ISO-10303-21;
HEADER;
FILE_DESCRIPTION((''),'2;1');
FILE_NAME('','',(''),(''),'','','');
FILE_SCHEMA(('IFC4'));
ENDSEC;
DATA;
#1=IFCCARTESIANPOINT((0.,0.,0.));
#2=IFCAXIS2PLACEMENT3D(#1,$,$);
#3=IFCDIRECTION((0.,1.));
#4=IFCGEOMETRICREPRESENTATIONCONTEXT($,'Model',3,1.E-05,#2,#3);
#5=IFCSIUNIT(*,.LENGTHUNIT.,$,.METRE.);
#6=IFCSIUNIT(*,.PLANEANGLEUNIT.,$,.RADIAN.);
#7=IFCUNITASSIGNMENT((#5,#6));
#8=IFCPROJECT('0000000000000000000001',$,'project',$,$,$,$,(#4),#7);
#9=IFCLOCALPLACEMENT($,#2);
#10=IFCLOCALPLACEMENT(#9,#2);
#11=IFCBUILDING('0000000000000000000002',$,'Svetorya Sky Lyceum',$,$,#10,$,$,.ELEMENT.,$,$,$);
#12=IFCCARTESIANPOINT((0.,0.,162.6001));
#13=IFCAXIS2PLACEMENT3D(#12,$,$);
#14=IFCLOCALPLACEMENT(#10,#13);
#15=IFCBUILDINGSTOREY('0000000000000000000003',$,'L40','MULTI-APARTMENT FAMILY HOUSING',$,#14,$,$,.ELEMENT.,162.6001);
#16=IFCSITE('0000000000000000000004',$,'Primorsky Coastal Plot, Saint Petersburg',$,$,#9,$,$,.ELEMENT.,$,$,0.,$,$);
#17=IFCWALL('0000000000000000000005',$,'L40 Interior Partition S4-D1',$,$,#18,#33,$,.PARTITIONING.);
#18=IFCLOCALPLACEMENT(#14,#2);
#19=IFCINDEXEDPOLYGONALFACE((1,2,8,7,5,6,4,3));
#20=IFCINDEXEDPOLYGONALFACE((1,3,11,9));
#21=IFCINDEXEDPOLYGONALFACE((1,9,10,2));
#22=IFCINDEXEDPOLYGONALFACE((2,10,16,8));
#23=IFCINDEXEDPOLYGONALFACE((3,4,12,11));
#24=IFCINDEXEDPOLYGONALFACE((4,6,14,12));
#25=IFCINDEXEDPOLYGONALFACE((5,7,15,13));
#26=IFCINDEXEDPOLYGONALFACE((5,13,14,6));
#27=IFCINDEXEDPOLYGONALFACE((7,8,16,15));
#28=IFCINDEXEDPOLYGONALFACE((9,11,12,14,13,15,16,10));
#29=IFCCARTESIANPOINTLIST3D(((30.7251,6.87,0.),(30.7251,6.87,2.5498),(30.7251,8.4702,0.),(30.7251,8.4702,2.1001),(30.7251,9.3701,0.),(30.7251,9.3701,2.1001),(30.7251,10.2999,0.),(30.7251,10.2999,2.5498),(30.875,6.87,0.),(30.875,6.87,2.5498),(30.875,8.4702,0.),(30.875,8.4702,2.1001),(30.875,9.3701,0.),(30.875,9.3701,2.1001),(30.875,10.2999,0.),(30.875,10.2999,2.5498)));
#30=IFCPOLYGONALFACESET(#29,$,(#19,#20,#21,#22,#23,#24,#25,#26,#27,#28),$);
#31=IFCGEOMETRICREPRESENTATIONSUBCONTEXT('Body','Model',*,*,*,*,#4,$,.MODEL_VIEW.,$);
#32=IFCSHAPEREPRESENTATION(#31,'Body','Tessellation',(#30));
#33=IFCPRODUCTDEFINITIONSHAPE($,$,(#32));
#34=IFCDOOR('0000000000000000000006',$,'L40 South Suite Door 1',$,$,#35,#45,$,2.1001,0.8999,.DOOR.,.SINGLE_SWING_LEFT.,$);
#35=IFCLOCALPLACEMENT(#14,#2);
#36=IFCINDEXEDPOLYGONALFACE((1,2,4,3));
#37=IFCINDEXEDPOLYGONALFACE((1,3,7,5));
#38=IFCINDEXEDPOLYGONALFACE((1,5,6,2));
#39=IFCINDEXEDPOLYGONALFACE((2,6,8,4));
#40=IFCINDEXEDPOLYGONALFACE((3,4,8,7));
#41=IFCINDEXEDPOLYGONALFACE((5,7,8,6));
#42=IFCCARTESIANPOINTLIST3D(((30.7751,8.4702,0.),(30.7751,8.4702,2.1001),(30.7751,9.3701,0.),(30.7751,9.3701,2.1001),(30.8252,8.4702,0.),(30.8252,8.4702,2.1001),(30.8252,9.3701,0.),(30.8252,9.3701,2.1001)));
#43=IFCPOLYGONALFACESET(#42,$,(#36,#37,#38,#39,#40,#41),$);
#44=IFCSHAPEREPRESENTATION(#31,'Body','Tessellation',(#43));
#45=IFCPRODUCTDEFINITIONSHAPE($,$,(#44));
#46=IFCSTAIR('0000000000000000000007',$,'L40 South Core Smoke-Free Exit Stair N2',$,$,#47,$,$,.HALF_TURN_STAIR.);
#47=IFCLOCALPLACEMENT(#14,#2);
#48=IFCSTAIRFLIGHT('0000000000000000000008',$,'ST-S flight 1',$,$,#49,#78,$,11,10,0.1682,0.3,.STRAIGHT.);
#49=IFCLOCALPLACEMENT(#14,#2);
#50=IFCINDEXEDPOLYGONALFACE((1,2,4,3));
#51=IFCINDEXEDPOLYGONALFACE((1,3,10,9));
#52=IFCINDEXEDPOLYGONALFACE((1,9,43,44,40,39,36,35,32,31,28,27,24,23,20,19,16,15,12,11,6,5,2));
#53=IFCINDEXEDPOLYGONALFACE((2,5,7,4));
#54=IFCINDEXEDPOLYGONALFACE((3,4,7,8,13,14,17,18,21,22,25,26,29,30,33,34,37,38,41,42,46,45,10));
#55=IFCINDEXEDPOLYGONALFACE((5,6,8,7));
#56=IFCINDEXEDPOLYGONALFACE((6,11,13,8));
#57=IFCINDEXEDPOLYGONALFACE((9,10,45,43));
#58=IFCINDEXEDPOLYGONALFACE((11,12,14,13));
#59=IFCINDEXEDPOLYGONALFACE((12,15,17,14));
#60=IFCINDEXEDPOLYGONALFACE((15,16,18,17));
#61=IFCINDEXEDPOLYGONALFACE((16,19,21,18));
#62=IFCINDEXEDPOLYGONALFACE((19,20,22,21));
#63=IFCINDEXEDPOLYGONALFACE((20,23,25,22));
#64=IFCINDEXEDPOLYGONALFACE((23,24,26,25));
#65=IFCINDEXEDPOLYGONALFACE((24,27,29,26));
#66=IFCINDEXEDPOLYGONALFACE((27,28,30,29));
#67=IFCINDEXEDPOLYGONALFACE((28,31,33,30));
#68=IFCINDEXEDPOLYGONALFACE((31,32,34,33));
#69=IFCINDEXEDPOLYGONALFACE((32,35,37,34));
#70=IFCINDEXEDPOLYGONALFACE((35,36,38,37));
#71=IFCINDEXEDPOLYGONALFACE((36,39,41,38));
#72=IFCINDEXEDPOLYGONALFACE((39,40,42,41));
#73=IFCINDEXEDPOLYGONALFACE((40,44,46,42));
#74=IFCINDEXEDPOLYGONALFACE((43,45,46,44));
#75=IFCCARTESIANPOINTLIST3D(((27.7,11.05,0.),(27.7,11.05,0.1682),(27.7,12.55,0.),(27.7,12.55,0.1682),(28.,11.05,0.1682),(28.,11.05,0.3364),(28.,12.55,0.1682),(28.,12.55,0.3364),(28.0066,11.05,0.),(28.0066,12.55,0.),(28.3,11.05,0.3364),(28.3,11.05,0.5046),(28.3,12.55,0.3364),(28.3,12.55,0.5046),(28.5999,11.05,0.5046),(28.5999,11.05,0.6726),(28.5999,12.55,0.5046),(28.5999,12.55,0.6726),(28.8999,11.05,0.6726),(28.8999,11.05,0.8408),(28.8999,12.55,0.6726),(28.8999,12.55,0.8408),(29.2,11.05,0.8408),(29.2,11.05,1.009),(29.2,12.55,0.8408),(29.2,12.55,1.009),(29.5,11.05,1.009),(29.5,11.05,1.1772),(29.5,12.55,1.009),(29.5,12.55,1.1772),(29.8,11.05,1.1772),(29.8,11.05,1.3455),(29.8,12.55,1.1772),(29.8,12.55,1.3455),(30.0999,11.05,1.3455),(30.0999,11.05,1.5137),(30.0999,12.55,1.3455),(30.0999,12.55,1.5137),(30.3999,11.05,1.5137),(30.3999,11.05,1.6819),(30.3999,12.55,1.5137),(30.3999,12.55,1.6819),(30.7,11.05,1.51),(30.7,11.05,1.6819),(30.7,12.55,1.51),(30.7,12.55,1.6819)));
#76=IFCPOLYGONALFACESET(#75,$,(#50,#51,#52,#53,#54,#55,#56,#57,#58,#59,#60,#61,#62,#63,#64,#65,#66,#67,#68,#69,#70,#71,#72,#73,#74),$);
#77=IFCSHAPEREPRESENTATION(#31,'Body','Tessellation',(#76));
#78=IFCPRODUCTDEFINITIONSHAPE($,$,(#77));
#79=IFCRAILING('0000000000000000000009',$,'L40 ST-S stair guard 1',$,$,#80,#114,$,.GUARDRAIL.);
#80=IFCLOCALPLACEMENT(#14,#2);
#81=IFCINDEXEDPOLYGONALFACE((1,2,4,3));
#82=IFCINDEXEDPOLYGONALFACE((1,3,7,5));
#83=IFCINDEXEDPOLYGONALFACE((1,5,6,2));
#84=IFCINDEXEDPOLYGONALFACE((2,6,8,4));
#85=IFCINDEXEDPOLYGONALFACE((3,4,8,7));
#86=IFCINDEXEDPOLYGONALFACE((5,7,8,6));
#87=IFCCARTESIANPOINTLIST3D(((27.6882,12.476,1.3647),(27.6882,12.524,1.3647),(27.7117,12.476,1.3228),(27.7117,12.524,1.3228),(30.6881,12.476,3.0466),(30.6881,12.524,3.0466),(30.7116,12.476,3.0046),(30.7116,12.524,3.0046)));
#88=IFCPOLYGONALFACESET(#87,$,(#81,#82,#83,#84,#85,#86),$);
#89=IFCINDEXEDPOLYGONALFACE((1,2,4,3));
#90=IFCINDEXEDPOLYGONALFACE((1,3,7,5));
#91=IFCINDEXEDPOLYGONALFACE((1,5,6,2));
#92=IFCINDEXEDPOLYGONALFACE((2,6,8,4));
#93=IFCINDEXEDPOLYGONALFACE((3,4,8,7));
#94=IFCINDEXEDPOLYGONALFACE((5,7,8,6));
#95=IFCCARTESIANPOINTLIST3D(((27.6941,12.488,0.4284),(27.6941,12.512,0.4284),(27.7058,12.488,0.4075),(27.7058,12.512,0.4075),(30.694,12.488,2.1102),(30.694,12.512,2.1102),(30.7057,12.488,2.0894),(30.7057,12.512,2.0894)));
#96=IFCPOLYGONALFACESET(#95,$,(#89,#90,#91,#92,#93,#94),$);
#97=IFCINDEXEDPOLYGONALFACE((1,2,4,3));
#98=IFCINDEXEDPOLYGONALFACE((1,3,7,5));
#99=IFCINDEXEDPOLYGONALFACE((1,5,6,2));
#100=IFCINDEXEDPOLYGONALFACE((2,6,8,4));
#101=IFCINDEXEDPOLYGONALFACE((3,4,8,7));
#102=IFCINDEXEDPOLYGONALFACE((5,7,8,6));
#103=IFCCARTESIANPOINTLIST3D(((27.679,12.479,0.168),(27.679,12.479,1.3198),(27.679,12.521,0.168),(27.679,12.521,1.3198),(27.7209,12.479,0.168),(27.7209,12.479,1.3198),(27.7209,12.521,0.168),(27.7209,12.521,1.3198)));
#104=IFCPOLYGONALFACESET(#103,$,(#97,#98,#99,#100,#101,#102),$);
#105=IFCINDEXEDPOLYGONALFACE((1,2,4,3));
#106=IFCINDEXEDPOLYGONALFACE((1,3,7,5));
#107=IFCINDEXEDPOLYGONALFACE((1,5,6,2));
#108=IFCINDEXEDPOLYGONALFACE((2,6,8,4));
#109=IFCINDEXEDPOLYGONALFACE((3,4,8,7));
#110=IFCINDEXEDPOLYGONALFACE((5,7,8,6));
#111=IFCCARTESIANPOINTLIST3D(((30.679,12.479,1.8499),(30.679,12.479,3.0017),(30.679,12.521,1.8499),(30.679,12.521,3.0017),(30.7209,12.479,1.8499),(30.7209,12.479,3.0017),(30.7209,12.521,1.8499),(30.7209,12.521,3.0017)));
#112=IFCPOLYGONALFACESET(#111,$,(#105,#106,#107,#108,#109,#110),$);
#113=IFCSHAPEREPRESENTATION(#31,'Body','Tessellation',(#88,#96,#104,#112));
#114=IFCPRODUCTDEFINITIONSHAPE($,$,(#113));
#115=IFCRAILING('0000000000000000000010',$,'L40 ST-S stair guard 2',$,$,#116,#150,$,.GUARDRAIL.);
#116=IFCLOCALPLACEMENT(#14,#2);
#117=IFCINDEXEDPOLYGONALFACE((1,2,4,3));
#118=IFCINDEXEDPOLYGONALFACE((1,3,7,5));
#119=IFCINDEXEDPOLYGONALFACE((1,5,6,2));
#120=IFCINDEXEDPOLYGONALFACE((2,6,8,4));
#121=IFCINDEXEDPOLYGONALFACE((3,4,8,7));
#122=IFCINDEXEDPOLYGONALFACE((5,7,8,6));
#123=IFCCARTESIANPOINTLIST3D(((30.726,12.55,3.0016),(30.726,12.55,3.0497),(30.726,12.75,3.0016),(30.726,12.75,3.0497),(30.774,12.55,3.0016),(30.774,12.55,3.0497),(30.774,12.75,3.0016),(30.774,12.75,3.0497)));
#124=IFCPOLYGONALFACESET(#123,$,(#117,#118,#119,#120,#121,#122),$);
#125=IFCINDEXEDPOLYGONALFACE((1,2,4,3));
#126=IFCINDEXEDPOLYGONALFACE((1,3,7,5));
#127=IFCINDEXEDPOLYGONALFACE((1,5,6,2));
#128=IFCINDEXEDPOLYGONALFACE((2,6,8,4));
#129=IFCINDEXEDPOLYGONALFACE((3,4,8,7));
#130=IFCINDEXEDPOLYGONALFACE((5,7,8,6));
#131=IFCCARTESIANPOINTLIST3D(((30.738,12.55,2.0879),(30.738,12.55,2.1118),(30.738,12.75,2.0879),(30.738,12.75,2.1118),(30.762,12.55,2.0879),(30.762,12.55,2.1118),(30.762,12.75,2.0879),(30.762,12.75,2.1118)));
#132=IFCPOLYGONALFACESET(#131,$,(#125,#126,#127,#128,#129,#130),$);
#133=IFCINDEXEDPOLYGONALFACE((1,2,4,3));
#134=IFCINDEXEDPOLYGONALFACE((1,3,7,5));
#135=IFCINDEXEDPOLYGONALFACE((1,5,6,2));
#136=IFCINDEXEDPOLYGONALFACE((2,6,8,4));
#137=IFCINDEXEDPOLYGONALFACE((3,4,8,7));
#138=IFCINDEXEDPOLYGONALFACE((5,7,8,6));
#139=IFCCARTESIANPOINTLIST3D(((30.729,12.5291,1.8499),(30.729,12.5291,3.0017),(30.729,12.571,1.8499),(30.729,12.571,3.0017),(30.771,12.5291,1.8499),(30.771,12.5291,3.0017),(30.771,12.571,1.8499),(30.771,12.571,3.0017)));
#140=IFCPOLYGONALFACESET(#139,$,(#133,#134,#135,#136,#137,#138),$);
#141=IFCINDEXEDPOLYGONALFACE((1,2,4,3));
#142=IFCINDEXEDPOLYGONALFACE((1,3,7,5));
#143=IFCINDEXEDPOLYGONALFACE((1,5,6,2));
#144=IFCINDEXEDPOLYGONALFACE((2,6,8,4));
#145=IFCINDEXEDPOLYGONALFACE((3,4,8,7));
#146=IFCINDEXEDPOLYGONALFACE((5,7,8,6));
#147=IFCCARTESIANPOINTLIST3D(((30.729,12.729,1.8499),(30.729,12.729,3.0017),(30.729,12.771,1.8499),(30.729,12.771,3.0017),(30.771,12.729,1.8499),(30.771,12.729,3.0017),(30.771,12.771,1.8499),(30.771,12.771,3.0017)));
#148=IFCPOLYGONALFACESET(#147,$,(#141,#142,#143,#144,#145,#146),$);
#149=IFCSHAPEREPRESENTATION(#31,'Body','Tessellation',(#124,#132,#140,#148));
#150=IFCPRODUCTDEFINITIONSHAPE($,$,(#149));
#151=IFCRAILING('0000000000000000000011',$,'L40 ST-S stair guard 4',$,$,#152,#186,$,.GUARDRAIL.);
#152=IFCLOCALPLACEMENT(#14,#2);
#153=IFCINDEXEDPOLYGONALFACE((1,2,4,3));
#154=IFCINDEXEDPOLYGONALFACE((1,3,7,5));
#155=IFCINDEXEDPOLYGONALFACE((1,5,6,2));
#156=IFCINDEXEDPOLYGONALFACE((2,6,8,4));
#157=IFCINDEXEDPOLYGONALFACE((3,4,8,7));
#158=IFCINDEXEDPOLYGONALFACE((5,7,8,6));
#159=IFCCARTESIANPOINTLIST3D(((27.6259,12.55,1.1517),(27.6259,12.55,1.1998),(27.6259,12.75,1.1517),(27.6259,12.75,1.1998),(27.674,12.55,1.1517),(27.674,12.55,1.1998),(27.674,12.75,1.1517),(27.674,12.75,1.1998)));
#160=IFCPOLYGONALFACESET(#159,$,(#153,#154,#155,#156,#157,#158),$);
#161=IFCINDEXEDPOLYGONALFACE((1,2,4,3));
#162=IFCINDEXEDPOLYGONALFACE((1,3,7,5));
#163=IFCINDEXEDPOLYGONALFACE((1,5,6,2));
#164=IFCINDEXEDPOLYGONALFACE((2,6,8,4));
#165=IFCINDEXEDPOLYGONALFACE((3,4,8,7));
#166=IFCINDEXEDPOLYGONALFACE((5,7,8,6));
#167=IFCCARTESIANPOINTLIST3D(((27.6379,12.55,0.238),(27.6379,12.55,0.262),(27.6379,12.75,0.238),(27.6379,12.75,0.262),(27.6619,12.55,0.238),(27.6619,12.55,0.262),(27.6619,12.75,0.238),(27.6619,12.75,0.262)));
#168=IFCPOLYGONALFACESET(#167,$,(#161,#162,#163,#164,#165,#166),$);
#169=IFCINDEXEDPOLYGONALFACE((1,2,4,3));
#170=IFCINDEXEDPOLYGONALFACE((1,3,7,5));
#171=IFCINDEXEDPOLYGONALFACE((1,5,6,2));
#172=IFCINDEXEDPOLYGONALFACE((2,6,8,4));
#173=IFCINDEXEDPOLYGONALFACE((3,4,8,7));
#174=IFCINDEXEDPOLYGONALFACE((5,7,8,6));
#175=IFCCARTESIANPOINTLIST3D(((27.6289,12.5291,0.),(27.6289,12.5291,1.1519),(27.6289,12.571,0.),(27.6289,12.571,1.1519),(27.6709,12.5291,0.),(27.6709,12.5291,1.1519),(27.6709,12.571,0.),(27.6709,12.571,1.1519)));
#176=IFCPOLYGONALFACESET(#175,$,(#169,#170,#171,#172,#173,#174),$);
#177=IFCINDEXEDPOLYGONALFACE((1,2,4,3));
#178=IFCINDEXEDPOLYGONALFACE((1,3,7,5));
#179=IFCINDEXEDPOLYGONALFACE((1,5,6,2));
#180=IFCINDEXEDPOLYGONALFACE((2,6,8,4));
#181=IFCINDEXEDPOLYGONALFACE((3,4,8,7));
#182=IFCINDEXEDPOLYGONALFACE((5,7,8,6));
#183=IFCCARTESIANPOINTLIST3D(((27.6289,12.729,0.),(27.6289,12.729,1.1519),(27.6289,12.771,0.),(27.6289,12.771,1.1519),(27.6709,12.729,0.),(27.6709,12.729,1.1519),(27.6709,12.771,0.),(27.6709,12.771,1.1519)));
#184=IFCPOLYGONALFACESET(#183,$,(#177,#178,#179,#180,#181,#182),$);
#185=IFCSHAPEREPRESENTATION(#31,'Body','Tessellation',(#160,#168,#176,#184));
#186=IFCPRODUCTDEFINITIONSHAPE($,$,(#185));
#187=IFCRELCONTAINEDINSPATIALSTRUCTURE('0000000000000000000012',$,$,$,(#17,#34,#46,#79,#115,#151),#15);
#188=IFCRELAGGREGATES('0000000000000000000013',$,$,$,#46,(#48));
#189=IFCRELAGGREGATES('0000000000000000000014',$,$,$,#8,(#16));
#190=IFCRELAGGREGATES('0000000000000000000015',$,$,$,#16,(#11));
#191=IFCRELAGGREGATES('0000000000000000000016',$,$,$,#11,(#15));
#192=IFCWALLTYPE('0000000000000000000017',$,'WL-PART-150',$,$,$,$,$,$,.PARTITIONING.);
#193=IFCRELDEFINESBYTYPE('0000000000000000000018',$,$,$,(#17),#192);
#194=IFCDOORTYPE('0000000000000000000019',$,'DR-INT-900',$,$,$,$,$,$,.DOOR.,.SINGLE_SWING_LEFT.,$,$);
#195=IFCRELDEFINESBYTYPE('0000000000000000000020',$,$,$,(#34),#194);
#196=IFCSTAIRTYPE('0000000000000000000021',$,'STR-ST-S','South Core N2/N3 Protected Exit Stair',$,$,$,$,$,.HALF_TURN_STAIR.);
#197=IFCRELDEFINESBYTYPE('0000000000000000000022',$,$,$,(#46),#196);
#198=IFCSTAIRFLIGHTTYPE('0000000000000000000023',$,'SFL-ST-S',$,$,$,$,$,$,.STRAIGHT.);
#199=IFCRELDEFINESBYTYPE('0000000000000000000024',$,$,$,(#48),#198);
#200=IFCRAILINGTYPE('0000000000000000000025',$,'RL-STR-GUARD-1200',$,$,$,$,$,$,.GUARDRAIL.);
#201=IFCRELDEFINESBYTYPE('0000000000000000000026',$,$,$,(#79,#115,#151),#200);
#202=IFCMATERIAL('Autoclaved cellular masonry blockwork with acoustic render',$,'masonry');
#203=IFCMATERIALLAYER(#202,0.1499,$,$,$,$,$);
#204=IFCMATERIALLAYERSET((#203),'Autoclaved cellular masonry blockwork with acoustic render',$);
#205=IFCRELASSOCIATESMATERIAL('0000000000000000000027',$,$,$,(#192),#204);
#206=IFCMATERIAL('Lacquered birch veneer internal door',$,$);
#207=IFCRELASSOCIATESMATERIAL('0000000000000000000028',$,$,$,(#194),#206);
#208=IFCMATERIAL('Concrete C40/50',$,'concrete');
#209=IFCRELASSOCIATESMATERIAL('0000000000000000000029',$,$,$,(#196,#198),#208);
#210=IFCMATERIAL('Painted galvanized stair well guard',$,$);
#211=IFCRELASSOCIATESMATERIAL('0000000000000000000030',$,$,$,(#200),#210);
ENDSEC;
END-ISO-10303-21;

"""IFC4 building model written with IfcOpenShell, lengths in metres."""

from ifc_helpers import new_model, si_unit, direction, frame, frame_2d, origin, origin_2d, place, context, subcontext, project, spatial, polyline, rectangle, outline, extrude, material, layer, layer_set, type_object, element, fill, aggregate, save


model = new_model("IFC4")

# Units and contexts
model_context = context("Model", 3, precision=1e-05, world=origin(), true_north=direction((0.0, 1.0)))
body_context = subcontext(model_context, "Body", "Model", "MODEL_VIEW")
ifc_project = project(units=[si_unit("LENGTHUNIT", "METRE"), si_unit("PLANEANGLEUNIT", "RADIAN")], contexts=[model_context])

# Site, building, storey
site_placement = place(None, origin())
site = spatial("IfcSite", under=ifc_project, at=site_placement, Name="Primorsky Coastal Plot, Saint Petersburg", CompositionType="ELEMENT", RefElevation=0.0)
building_placement = place(site_placement, origin())
building = spatial("IfcBuilding", under=site, at=building_placement, Name="Svetorya Sky Lyceum", CompositionType="ELEMENT")
storey_placement = place(building_placement, frame((0.0, 0.0, 162.6001)))
storey = spatial("IfcBuildingStorey", under=building, at=storey_placement, Name="L40", Description="MULTI-APARTMENT FAMILY HOUSING", CompositionType="ELEMENT", Elevation=162.6001)

# Shared definitions
ifc_material_1 = material(Name="Concrete C40/50", Category="concrete")

# Wall, opening, door
ifc_material_2 = material(Name="Autoclaved cellular masonry blockwork with acoustic render", Category="masonry")
ifc_layer_1 = layer(ifc_material_2, 0.1499)
ifc_layer_set_1 = layer_set([ifc_layer_1], Name="Autoclaved cellular masonry blockwork with acoustic render")
wall_type_1 = type_object("IfcWallType", Name="WL-PART-150", PredefinedType="PARTITIONING", material=ifc_layer_set_1)
wall_1_placement = place(storey_placement, frame((30.8, 6.8701, 0.0), z_axis=(0.0, 0.0, 1.0), x_axis=(0.0, 1.0, 0.0)))
wall_1 = element("IfcWall", 1, at=wall_1_placement, inside=storey, type_object=wall_type_1, Name="L40 Interior Partition S4-D1", PredefinedType="PARTITIONING", context=body_context, shape_type="SweptSolid", body=[
    extrude(rectangle(XDim=3.4299, YDim=0.1499, at=frame_2d((1.7148, 0.0))), origin(), (0.0, 0.0, 1.0), 2.5498),
])
opening_placement = place(wall_1_placement, frame((1.6001, 0.0, 0.0)))
opening = element("IfcOpeningElement", 2, at=opening_placement, cuts=wall_1, PredefinedType="OPENING", context=body_context, shape_type="SweptSolid", body=[
    extrude(rectangle(XDim=0.8999, YDim=2.1001, at=frame_2d((0.45, 1.05))), frame((0.0, 0.085, 0.0), z_axis=(0.0, -1.0, 0.0), x_axis=(1.0, 0.0, 0.0)), (0.0, 0.0, 1.0), 0.1699),
])
ifc_material_3 = material(Name="Lacquered birch veneer internal door")
door_type = type_object("IfcDoorType", Name="DR-INT-900", OperationType="SINGLE_SWING_LEFT", PredefinedType="DOOR", material=ifc_material_3)
door_placement = place(opening_placement, origin())
door = element("IfcDoor", 3, at=door_placement, inside=storey, type_object=door_type, Name="L40 South Suite Door 1", OperationType="SINGLE_SWING_LEFT", OverallHeight=2.1001, OverallWidth=0.8999, PredefinedType="DOOR", context=body_context, shape_type="SweptSolid", body=[
    extrude(rectangle(XDim=0.8999, YDim=2.1001, at=frame_2d((0.45, 1.05))), frame((0.0, 0.0249, 0.0), z_axis=(0.0, -1.0, 0.0), x_axis=(1.0, 0.0, 0.0)), (0.0, 0.0, 1.0), 0.05),
])
fill(opening, door)

# Stair, stair flight
stair_type = type_object("IfcStairType", Name="STR-ST-S", Description="South Core N2/N3 Protected Exit Stair", PredefinedType="HALF_TURN_STAIR", material=ifc_material_1)
stair_placement = place(storey_placement, origin())
stair = element("IfcStair", 4, at=stair_placement, inside=storey, type_object=stair_type, Name="L40 South Core Smoke-Free Exit Stair N2", PredefinedType="HALF_TURN_STAIR")
stair_flight_type = type_object("IfcStairFlightType", Name="SFL-ST-S", PredefinedType="STRAIGHT", material=ifc_material_1)
stair_flight_placement = place(storey_placement, frame((27.7, 11.8, 0.0), z_axis=(0.0, 0.0, 1.0), x_axis=(1.0, 0.0, 0.0)))
stair_flight = element("IfcStairFlight", 5, at=stair_flight_placement, type_object=stair_flight_type, Name="ST-S flight 1", NumberOfRisers=11, NumberOfTreads=10, PredefinedType="STRAIGHT", RiserHeight=0.1682, TreadLength=0.3, context=body_context, shape_type="SweptSolid", body=[
    extrude(outline(polyline([(0.0, 0.0), (0.0, 0.1682), (0.3, 0.1682), (0.3, 0.3364), (0.6001, 0.3364), (0.6001, 0.5046), (0.8999, 0.5046), (0.8999, 0.6726), (1.2, 0.6726), (1.2, 0.8408), (1.5, 0.8408), (1.5, 1.009), (1.8, 1.009), (1.8, 1.1772), (2.1001, 1.1772), (2.1001, 1.3455), (2.3999, 1.3455), (2.3999, 1.5137), (2.7, 1.5137), (2.7, 1.6819), (3.0, 1.6819), (3.0, 1.8501), (3.0, 1.51), (0.3066, 0.0), (0.0, 0.0)])), frame((0.0, 0.75, 0.0), z_axis=(0.0, -1.0, 0.0), x_axis=(1.0, 0.0, 0.0)), (0.0, 0.0, 1.0), 1.5),
])
aggregate(stair, [stair_flight])

# Railings
ifc_material_4 = material(Name="Painted galvanized stair well guard")
railing_type_1 = type_object("IfcRailingType", Name="RL-STR-GUARD-1200", PredefinedType="GUARDRAIL", material=ifc_material_4)
railing_1_placement = place(storey_placement, frame((27.7, 12.5, 0.168)))
element("IfcRailing", 6, at=railing_1_placement, inside=storey, type_object=railing_type_1, Name="L40 ST-S stair guard 1", PredefinedType="GUARDRAIL", context=body_context, shape_type="SweptSolid", body=[
    extrude(rectangle(XDim=0.0481, YDim=0.0481, at=origin_2d()), frame((0.0, 0.0, 1.1758), z_axis=(0.872272, 0.0, 0.48902), x_axis=(0.0, 1.0, 0.0)), (0.0, 0.0, 1.0), 3.4392),
    extrude(rectangle(XDim=0.0239, YDim=0.0239, at=origin_2d()), frame((0.0, 0.0, 0.25), z_axis=(0.872272, 0.0, 0.48902), x_axis=(0.0, 1.0, 0.0)), (0.0, 0.0, 1.0), 3.4392),
    extrude(rectangle(XDim=0.042, YDim=0.042, at=origin_2d()), origin(), (0.0, 0.0, 1.0), 1.1519),
    extrude(rectangle(XDim=0.042, YDim=0.042, at=origin_2d()), frame((3.0, 0.0, 1.6819)), (0.0, 0.0, 1.0), 1.1519),
])
for number, where, name in (
    (7, (30.75, 12.55, 1.8499), "L40 ST-S stair guard 2"),
    (8, (27.6499, 12.55, 0.0), "L40 ST-S stair guard 4"),
):
    element("IfcRailing", number, at=place(storey_placement, frame(where)), inside=storey, type_object=railing_type_1, Name=name, PredefinedType="GUARDRAIL", context=body_context, shape_type="SweptSolid", body=[
        extrude(rectangle(XDim=0.0481, YDim=0.0481, at=origin_2d()), frame((0.0, 0.0, 1.1758), z_axis=(0.0, 1.0, 0.0), x_axis=(-1.0, 0.0, 0.0)), (0.0, 0.0, 1.0), 0.2),
        extrude(rectangle(XDim=0.0239, YDim=0.0239, at=origin_2d()), frame((0.0, 0.0, 0.25), z_axis=(0.0, 1.0, 0.0), x_axis=(-1.0, 0.0, 0.0)), (0.0, 0.0, 1.0), 0.2),
        extrude(rectangle(XDim=0.042, YDim=0.042, at=origin_2d()), origin(), (0.0, 0.0, 1.0), 1.1519),
        extrude(rectangle(XDim=0.042, YDim=0.042, at=origin_2d()), frame((0.0, 0.2, 0.0)), (0.0, 0.0, 1.0), 1.1519),
    ])

save(model, "model.ifc")
